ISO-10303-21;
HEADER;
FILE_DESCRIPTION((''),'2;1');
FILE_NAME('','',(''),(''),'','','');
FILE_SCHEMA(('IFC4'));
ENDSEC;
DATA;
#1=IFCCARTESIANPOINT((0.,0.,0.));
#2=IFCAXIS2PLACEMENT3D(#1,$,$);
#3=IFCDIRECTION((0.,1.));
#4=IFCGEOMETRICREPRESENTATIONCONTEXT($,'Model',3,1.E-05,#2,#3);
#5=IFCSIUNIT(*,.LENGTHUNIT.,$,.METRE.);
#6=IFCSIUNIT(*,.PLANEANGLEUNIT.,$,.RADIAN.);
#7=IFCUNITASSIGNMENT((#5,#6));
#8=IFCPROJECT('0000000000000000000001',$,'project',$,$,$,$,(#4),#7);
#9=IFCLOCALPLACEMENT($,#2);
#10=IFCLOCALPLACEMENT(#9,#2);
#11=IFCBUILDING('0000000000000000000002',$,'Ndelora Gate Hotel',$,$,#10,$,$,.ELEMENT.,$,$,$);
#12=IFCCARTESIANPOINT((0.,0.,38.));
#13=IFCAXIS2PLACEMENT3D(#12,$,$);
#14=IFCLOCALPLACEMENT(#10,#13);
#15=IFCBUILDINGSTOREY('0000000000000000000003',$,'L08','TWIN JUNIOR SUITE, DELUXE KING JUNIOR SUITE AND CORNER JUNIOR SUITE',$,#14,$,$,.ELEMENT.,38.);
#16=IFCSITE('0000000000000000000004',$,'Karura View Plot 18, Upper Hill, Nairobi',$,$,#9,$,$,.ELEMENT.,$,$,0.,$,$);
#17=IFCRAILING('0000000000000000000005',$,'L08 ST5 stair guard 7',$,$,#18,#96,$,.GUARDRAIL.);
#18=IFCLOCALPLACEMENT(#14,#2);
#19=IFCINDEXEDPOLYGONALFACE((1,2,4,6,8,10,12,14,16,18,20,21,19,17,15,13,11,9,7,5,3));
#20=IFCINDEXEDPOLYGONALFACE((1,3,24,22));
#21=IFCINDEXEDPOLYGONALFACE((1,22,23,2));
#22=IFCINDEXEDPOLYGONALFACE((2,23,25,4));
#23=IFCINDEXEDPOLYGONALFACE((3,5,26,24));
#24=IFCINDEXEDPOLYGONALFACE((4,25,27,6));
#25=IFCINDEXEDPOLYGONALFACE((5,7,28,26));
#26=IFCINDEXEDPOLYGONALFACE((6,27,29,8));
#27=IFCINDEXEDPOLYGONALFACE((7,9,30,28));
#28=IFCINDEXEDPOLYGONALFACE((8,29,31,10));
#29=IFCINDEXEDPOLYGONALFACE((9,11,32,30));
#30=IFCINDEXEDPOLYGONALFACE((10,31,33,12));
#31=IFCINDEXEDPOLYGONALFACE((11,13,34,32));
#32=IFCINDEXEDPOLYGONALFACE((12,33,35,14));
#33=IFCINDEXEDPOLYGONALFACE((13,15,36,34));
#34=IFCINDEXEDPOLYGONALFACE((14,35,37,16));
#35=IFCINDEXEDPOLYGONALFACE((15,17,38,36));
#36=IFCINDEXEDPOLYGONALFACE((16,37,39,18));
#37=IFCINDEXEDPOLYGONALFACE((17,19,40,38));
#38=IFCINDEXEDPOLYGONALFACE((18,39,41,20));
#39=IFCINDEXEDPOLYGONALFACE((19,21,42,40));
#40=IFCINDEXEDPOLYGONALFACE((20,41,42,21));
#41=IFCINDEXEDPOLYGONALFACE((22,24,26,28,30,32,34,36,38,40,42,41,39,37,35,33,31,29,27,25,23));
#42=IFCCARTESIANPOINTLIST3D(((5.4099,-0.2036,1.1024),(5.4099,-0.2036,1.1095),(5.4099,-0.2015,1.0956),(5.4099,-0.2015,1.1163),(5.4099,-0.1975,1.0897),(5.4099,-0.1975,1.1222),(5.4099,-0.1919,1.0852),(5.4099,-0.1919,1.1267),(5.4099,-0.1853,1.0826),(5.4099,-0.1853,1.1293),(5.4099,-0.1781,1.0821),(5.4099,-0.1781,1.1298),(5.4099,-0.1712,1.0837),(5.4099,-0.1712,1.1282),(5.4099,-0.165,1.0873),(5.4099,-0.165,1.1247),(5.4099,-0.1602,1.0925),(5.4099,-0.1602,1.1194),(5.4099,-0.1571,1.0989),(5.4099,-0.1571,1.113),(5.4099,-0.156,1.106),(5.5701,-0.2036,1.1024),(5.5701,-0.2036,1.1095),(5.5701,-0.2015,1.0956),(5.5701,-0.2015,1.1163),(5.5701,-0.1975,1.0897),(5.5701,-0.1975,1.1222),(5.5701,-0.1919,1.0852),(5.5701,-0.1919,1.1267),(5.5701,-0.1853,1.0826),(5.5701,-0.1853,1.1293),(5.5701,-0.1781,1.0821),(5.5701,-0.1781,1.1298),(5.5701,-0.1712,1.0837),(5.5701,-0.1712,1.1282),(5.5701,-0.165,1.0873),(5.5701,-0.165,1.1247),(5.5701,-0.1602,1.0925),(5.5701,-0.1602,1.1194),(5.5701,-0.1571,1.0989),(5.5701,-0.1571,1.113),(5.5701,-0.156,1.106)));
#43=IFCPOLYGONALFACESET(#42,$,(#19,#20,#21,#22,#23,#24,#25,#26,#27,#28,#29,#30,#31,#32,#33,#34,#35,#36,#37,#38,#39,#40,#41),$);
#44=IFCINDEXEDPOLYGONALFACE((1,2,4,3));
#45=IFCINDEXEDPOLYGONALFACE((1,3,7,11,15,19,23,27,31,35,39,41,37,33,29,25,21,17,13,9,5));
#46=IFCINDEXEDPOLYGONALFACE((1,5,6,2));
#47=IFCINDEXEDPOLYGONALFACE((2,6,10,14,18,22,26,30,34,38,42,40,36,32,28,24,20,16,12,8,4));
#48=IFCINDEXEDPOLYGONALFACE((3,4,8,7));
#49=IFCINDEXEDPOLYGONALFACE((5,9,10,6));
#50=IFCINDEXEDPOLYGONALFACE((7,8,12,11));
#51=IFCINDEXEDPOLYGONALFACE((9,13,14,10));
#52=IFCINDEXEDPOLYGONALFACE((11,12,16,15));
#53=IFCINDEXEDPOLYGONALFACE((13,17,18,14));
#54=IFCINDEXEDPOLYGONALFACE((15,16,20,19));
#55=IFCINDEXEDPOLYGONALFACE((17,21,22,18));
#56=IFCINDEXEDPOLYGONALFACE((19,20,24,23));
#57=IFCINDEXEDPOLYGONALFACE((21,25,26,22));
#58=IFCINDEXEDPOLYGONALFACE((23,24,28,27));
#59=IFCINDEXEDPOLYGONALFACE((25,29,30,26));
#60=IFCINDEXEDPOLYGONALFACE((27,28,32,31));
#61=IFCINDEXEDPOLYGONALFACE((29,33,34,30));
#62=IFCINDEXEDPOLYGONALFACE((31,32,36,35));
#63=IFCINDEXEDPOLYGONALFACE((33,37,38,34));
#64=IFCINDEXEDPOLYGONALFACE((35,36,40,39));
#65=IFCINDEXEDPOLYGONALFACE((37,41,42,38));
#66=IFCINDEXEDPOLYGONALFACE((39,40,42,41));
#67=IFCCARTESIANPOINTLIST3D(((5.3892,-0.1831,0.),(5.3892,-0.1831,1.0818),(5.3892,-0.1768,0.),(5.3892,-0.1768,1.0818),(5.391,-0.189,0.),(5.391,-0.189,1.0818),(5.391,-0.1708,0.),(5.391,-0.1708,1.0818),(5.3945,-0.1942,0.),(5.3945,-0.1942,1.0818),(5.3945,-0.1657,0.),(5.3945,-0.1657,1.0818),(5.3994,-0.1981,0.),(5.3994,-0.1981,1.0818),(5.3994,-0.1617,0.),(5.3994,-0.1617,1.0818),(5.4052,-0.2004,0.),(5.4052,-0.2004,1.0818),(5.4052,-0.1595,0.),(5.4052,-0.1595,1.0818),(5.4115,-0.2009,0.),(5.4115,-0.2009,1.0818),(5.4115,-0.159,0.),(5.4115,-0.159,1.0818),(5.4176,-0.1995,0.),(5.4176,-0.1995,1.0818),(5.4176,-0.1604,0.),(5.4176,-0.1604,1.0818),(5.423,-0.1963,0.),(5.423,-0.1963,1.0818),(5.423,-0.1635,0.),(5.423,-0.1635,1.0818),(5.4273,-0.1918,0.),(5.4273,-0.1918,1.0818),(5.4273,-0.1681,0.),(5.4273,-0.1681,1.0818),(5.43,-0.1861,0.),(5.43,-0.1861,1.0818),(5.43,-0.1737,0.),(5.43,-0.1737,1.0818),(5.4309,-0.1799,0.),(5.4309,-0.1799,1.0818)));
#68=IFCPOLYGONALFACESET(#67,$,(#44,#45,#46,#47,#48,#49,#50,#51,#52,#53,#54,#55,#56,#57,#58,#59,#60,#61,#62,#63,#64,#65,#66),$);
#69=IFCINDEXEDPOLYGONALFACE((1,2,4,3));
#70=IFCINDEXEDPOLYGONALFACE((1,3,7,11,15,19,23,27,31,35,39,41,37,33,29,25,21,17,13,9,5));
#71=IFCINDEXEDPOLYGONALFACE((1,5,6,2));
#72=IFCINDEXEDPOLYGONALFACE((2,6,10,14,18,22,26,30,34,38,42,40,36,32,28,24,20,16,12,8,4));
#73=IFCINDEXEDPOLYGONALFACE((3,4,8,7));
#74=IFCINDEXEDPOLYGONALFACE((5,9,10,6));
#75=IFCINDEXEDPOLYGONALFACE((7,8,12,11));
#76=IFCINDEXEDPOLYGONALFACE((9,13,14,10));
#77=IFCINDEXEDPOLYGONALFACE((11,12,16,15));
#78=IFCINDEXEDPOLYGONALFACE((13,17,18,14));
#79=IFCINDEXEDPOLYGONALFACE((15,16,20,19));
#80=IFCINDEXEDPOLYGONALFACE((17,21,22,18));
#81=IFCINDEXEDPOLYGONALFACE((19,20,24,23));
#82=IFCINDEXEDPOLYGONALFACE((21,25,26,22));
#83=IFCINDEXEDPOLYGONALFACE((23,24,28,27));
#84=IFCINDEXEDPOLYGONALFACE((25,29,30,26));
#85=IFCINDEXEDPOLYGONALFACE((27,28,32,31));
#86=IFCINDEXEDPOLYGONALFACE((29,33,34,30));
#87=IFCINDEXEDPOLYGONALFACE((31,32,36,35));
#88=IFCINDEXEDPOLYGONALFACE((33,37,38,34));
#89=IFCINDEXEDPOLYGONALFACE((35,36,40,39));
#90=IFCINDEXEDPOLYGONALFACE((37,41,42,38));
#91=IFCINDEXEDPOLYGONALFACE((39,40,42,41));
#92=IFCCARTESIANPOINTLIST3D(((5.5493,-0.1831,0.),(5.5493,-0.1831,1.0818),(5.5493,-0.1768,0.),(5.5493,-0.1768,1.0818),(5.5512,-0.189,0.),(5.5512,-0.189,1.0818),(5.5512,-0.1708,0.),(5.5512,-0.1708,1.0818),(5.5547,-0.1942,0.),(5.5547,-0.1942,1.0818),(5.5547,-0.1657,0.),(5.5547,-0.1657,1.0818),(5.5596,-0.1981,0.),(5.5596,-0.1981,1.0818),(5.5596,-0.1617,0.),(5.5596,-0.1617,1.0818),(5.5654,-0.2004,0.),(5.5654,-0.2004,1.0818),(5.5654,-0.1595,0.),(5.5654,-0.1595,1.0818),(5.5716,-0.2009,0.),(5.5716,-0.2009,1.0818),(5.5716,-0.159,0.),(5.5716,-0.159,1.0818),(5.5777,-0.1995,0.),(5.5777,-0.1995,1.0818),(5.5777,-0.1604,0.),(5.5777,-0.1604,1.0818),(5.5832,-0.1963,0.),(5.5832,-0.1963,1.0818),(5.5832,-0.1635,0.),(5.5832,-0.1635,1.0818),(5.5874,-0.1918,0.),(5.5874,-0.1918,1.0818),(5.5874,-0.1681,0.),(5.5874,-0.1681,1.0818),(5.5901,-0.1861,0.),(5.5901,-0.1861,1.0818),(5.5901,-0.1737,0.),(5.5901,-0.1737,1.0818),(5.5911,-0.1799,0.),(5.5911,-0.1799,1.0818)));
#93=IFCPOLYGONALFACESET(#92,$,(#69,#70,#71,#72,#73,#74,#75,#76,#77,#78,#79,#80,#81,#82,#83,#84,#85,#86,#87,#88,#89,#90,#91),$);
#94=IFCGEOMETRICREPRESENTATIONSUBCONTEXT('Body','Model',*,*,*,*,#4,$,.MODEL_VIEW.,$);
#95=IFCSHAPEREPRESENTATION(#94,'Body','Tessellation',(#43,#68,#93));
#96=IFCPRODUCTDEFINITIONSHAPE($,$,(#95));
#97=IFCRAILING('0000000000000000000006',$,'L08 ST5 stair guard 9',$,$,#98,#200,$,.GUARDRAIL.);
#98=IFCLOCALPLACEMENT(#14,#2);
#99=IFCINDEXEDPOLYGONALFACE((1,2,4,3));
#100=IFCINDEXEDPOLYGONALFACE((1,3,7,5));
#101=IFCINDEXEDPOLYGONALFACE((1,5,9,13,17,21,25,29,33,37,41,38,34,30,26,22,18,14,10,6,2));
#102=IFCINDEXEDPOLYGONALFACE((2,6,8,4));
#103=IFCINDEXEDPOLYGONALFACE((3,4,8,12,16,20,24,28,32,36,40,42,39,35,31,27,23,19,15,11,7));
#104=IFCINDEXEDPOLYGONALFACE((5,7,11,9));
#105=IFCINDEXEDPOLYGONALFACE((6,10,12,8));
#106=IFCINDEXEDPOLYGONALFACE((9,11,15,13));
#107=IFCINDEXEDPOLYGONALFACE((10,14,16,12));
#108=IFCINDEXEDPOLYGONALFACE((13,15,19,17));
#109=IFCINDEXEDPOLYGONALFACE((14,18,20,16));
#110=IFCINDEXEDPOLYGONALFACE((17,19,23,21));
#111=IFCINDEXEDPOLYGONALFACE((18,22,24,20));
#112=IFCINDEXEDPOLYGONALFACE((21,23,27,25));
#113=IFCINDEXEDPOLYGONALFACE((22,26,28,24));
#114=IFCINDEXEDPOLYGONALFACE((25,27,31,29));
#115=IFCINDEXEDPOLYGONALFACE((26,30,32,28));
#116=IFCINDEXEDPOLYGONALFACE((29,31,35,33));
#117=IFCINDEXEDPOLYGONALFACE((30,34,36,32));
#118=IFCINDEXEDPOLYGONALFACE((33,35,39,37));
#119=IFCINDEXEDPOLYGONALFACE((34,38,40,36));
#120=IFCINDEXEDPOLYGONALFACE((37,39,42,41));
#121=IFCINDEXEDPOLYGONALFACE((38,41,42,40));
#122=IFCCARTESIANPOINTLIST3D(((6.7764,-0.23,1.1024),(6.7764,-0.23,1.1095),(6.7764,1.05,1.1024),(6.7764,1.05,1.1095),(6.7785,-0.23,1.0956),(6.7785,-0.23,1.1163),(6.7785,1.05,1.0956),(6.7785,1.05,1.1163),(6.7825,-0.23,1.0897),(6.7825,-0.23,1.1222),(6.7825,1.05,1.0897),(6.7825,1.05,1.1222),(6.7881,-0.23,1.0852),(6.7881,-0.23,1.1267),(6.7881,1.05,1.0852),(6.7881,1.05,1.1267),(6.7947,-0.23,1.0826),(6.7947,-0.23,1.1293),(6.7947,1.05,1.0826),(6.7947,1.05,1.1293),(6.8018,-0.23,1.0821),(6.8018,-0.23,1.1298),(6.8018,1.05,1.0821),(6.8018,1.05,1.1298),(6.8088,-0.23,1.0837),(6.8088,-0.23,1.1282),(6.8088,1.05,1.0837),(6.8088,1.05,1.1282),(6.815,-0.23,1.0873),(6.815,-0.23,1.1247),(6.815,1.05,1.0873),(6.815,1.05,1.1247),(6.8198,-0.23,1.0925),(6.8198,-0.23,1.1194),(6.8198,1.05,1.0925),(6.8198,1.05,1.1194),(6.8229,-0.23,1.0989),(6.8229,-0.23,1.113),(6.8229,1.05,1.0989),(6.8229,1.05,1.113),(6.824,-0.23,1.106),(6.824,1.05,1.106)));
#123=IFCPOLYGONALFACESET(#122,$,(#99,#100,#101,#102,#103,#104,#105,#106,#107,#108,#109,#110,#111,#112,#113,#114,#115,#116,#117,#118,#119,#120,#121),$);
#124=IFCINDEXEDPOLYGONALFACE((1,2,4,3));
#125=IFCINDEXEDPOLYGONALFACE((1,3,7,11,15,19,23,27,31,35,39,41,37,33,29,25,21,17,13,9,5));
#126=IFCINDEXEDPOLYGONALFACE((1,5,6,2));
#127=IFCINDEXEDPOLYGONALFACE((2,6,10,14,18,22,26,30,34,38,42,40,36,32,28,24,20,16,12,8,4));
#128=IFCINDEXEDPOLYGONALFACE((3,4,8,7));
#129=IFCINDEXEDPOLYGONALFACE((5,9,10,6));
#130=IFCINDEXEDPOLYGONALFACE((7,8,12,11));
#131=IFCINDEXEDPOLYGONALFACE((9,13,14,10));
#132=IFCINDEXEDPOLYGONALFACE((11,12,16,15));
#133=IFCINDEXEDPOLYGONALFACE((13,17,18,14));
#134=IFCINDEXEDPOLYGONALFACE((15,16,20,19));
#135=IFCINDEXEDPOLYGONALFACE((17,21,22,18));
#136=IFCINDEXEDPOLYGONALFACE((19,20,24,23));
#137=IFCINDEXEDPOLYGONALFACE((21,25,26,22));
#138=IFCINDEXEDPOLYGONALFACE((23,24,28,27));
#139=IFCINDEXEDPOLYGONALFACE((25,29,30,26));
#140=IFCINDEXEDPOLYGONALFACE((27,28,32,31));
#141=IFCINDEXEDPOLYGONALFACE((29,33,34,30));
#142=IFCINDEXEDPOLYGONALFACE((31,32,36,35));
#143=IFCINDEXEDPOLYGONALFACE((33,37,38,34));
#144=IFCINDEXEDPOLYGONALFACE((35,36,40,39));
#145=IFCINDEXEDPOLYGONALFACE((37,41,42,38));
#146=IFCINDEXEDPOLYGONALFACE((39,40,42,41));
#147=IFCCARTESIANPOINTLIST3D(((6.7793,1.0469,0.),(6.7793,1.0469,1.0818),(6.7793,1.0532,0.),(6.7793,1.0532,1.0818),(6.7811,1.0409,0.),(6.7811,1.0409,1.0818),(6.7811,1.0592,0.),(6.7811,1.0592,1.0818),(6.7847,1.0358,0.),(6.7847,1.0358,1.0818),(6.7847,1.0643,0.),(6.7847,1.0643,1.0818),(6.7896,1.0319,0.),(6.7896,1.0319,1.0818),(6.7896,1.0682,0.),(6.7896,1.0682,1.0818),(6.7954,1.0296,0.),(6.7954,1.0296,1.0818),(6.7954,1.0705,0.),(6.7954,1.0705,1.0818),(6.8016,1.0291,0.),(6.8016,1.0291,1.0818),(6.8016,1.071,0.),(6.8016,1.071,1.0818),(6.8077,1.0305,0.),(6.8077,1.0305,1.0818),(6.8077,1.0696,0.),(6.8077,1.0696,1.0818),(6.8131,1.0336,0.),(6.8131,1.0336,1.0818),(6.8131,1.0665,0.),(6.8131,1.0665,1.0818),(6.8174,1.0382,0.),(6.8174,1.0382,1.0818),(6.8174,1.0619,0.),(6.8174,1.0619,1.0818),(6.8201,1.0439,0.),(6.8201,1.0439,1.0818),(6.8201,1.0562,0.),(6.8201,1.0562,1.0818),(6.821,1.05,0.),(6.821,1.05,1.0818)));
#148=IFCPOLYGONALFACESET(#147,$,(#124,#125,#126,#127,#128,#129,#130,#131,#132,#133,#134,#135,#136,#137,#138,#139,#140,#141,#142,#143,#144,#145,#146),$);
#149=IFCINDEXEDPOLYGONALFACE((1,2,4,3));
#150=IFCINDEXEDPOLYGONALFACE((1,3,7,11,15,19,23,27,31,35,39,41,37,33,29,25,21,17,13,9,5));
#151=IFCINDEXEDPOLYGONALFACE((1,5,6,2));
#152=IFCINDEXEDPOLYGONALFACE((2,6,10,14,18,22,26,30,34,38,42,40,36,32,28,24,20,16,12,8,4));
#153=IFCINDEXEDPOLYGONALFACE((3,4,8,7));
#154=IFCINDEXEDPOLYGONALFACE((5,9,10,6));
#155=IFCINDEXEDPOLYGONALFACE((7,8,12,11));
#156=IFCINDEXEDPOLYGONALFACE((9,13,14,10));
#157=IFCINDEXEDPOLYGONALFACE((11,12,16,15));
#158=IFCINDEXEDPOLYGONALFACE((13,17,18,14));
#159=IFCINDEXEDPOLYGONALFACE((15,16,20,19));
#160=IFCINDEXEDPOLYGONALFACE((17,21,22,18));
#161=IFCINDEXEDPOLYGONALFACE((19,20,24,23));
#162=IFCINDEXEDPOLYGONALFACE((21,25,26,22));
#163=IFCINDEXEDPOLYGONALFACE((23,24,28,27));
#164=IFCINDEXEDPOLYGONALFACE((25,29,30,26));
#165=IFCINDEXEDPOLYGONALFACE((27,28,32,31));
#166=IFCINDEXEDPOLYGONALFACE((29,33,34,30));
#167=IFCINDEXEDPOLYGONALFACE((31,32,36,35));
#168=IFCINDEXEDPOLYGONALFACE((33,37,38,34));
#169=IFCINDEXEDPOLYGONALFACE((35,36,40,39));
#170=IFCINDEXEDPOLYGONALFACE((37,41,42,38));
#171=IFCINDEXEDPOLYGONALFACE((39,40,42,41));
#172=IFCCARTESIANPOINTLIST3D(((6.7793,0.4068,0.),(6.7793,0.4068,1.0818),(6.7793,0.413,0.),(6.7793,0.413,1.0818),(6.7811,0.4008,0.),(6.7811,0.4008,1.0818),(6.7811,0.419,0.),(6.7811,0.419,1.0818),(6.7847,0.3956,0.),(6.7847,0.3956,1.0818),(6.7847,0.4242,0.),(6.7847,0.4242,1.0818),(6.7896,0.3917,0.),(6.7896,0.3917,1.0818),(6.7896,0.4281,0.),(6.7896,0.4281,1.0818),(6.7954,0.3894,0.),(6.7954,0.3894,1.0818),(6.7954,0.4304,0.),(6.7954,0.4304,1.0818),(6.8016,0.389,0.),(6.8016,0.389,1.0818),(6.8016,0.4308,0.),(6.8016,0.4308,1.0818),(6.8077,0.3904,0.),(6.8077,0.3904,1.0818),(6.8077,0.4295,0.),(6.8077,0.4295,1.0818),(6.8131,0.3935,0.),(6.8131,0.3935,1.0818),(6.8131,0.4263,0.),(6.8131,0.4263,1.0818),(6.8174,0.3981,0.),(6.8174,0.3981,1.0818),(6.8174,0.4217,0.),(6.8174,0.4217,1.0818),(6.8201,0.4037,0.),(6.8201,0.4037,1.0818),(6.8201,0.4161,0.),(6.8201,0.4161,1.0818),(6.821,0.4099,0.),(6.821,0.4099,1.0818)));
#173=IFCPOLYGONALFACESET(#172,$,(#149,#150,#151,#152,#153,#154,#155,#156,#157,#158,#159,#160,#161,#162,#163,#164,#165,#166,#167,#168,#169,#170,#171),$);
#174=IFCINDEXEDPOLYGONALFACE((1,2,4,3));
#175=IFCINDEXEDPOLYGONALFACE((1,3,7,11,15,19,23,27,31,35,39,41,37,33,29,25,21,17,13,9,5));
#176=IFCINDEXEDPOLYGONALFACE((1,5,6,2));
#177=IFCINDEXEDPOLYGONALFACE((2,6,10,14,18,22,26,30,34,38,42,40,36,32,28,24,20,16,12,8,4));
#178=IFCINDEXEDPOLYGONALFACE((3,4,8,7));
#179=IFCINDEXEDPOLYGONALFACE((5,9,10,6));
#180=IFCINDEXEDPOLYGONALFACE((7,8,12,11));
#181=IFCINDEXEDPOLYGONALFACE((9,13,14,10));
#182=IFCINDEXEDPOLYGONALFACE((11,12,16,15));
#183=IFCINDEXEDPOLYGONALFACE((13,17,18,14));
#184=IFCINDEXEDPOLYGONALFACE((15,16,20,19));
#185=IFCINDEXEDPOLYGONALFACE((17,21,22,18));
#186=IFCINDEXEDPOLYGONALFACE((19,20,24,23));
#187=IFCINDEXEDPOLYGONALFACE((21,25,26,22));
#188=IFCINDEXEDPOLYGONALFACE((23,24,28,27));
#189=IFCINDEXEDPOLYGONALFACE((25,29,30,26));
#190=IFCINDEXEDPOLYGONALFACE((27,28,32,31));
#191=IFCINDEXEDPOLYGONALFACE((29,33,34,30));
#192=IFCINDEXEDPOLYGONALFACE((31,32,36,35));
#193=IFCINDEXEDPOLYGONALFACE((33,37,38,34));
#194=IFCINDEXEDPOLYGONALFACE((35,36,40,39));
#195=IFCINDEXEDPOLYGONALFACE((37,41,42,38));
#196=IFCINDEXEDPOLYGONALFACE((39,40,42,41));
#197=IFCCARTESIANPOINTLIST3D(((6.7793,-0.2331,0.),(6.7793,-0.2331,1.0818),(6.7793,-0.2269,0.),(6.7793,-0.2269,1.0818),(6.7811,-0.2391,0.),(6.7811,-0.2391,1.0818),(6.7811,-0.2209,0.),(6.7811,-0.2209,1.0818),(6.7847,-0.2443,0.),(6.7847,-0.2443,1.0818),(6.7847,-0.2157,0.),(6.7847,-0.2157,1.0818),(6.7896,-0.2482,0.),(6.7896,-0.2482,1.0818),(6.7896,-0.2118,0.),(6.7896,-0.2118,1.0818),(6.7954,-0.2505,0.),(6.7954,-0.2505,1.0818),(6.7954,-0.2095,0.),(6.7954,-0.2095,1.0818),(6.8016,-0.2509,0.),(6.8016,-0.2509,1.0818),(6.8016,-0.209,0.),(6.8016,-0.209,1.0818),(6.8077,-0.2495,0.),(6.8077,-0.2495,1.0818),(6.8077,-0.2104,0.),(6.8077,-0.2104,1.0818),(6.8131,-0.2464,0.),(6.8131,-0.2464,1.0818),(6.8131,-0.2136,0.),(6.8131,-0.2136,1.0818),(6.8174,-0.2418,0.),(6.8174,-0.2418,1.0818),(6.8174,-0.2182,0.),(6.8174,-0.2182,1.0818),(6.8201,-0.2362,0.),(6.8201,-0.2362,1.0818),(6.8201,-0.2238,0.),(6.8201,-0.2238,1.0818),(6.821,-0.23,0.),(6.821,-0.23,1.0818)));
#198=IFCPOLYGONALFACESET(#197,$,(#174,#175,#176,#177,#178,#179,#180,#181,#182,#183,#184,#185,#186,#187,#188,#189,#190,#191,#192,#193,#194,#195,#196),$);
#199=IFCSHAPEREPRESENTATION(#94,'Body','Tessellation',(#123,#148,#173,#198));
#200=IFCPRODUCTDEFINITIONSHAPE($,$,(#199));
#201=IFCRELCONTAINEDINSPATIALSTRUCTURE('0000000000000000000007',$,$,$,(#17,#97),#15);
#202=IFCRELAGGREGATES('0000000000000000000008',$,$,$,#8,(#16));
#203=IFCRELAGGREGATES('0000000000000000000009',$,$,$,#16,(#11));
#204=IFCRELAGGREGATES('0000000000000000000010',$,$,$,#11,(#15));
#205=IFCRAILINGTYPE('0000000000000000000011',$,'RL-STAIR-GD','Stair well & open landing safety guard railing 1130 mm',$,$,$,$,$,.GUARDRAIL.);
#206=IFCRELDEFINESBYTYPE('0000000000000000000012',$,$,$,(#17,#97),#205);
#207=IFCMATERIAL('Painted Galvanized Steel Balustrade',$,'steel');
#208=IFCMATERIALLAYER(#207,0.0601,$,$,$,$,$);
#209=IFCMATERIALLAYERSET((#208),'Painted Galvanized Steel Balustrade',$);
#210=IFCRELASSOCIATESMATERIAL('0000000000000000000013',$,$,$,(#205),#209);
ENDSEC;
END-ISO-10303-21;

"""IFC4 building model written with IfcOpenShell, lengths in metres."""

from ifc_helpers import new_model, si_unit, direction, frame, origin, origin_2d, place, context, subcontext, project, spatial, circle, extrude, material, layer, layer_set, type_object, element, save


model = new_model("IFC4")

# Units and contexts
model_context = context("Model", 3, precision=1e-05, world=origin(), true_north=direction((0.0, 1.0)))
body_context = subcontext(model_context, "Body", "Model", "MODEL_VIEW")
ifc_project = project(units=[si_unit("LENGTHUNIT", "METRE"), si_unit("PLANEANGLEUNIT", "RADIAN")], contexts=[model_context])

# Site, building, storey
site_placement = place(None, origin())
site = spatial("IfcSite", under=ifc_project, at=site_placement, Name="Karura View Plot 18, Upper Hill, Nairobi", CompositionType="ELEMENT", RefElevation=0.0)
building_placement = place(site_placement, origin())
building = spatial("IfcBuilding", under=site, at=building_placement, Name="Ndelora Gate Hotel", CompositionType="ELEMENT")
storey_placement = place(building_placement, frame((0.0, 0.0, 38.0)))
storey = spatial("IfcBuildingStorey", under=building, at=storey_placement, Name="L08", Description="TWIN JUNIOR SUITE, DELUXE KING JUNIOR SUITE AND CORNER JUNIOR SUITE", CompositionType="ELEMENT", Elevation=38.0)

# Railings
ifc_material_1 = material(Name="Painted Galvanized Steel Balustrade", Category="steel")
ifc_layer_1 = layer(ifc_material_1, 0.0601)
ifc_layer_set_1 = layer_set([ifc_layer_1], Name="Painted Galvanized Steel Balustrade")
railing_type = type_object("IfcRailingType", Name="RL-STAIR-GD", Description="Stair well & open landing safety guard railing 1130 mm", PredefinedType="GUARDRAIL", material=ifc_layer_set_1)
railing_1_placement = place(storey_placement, frame((5.4099, -0.1799, 0.0)))
element("IfcRailing", 1, at=railing_1_placement, inside=storey, type_object=railing_type, Name="L08 ST5 stair guard 7", PredefinedType="GUARDRAIL", context=body_context, shape_type="SweptSolid", body=[
    extrude(circle(Radius=0.0239, at=origin_2d()), frame((0.0, 0.0, 1.106), z_axis=(1.0, 0.0, 0.0), x_axis=(0.0, 1.0, 0.0)), (0.0, 0.0, 1.0), 0.1602),
    extrude(circle(Radius=0.021, at=origin_2d()), origin(), (0.0, 0.0, 1.0), 1.0818),
    extrude(circle(Radius=0.021, at=origin_2d()), frame((0.1602, 0.0, 0.0)), (0.0, 0.0, 1.0), 1.0818),
])
railing_2_placement = place(storey_placement, frame((6.8, 1.05, 0.0)))
element("IfcRailing", 2, at=railing_2_placement, inside=storey, type_object=railing_type, Name="L08 ST5 stair guard 9", PredefinedType="GUARDRAIL", context=body_context, shape_type="SweptSolid", body=[
    extrude(circle(Radius=0.0239, at=origin_2d()), frame((0.0, 0.0, 1.106), z_axis=(0.0, -1.0, 0.0), x_axis=(1.0, 0.0, 0.0)), (0.0, 0.0, 1.0), 1.28),
    extrude(circle(Radius=0.021, at=origin_2d()), origin(), (0.0, 0.0, 1.0), 1.0818),
    extrude(circle(Radius=0.021, at=origin_2d()), frame((0.0, -0.6401, 0.0)), (0.0, 0.0, 1.0), 1.0818),
    extrude(circle(Radius=0.021, at=origin_2d()), frame((0.0, -1.28, 0.0)), (0.0, 0.0, 1.0), 1.0818),
])

save(model, "model.ifc")
